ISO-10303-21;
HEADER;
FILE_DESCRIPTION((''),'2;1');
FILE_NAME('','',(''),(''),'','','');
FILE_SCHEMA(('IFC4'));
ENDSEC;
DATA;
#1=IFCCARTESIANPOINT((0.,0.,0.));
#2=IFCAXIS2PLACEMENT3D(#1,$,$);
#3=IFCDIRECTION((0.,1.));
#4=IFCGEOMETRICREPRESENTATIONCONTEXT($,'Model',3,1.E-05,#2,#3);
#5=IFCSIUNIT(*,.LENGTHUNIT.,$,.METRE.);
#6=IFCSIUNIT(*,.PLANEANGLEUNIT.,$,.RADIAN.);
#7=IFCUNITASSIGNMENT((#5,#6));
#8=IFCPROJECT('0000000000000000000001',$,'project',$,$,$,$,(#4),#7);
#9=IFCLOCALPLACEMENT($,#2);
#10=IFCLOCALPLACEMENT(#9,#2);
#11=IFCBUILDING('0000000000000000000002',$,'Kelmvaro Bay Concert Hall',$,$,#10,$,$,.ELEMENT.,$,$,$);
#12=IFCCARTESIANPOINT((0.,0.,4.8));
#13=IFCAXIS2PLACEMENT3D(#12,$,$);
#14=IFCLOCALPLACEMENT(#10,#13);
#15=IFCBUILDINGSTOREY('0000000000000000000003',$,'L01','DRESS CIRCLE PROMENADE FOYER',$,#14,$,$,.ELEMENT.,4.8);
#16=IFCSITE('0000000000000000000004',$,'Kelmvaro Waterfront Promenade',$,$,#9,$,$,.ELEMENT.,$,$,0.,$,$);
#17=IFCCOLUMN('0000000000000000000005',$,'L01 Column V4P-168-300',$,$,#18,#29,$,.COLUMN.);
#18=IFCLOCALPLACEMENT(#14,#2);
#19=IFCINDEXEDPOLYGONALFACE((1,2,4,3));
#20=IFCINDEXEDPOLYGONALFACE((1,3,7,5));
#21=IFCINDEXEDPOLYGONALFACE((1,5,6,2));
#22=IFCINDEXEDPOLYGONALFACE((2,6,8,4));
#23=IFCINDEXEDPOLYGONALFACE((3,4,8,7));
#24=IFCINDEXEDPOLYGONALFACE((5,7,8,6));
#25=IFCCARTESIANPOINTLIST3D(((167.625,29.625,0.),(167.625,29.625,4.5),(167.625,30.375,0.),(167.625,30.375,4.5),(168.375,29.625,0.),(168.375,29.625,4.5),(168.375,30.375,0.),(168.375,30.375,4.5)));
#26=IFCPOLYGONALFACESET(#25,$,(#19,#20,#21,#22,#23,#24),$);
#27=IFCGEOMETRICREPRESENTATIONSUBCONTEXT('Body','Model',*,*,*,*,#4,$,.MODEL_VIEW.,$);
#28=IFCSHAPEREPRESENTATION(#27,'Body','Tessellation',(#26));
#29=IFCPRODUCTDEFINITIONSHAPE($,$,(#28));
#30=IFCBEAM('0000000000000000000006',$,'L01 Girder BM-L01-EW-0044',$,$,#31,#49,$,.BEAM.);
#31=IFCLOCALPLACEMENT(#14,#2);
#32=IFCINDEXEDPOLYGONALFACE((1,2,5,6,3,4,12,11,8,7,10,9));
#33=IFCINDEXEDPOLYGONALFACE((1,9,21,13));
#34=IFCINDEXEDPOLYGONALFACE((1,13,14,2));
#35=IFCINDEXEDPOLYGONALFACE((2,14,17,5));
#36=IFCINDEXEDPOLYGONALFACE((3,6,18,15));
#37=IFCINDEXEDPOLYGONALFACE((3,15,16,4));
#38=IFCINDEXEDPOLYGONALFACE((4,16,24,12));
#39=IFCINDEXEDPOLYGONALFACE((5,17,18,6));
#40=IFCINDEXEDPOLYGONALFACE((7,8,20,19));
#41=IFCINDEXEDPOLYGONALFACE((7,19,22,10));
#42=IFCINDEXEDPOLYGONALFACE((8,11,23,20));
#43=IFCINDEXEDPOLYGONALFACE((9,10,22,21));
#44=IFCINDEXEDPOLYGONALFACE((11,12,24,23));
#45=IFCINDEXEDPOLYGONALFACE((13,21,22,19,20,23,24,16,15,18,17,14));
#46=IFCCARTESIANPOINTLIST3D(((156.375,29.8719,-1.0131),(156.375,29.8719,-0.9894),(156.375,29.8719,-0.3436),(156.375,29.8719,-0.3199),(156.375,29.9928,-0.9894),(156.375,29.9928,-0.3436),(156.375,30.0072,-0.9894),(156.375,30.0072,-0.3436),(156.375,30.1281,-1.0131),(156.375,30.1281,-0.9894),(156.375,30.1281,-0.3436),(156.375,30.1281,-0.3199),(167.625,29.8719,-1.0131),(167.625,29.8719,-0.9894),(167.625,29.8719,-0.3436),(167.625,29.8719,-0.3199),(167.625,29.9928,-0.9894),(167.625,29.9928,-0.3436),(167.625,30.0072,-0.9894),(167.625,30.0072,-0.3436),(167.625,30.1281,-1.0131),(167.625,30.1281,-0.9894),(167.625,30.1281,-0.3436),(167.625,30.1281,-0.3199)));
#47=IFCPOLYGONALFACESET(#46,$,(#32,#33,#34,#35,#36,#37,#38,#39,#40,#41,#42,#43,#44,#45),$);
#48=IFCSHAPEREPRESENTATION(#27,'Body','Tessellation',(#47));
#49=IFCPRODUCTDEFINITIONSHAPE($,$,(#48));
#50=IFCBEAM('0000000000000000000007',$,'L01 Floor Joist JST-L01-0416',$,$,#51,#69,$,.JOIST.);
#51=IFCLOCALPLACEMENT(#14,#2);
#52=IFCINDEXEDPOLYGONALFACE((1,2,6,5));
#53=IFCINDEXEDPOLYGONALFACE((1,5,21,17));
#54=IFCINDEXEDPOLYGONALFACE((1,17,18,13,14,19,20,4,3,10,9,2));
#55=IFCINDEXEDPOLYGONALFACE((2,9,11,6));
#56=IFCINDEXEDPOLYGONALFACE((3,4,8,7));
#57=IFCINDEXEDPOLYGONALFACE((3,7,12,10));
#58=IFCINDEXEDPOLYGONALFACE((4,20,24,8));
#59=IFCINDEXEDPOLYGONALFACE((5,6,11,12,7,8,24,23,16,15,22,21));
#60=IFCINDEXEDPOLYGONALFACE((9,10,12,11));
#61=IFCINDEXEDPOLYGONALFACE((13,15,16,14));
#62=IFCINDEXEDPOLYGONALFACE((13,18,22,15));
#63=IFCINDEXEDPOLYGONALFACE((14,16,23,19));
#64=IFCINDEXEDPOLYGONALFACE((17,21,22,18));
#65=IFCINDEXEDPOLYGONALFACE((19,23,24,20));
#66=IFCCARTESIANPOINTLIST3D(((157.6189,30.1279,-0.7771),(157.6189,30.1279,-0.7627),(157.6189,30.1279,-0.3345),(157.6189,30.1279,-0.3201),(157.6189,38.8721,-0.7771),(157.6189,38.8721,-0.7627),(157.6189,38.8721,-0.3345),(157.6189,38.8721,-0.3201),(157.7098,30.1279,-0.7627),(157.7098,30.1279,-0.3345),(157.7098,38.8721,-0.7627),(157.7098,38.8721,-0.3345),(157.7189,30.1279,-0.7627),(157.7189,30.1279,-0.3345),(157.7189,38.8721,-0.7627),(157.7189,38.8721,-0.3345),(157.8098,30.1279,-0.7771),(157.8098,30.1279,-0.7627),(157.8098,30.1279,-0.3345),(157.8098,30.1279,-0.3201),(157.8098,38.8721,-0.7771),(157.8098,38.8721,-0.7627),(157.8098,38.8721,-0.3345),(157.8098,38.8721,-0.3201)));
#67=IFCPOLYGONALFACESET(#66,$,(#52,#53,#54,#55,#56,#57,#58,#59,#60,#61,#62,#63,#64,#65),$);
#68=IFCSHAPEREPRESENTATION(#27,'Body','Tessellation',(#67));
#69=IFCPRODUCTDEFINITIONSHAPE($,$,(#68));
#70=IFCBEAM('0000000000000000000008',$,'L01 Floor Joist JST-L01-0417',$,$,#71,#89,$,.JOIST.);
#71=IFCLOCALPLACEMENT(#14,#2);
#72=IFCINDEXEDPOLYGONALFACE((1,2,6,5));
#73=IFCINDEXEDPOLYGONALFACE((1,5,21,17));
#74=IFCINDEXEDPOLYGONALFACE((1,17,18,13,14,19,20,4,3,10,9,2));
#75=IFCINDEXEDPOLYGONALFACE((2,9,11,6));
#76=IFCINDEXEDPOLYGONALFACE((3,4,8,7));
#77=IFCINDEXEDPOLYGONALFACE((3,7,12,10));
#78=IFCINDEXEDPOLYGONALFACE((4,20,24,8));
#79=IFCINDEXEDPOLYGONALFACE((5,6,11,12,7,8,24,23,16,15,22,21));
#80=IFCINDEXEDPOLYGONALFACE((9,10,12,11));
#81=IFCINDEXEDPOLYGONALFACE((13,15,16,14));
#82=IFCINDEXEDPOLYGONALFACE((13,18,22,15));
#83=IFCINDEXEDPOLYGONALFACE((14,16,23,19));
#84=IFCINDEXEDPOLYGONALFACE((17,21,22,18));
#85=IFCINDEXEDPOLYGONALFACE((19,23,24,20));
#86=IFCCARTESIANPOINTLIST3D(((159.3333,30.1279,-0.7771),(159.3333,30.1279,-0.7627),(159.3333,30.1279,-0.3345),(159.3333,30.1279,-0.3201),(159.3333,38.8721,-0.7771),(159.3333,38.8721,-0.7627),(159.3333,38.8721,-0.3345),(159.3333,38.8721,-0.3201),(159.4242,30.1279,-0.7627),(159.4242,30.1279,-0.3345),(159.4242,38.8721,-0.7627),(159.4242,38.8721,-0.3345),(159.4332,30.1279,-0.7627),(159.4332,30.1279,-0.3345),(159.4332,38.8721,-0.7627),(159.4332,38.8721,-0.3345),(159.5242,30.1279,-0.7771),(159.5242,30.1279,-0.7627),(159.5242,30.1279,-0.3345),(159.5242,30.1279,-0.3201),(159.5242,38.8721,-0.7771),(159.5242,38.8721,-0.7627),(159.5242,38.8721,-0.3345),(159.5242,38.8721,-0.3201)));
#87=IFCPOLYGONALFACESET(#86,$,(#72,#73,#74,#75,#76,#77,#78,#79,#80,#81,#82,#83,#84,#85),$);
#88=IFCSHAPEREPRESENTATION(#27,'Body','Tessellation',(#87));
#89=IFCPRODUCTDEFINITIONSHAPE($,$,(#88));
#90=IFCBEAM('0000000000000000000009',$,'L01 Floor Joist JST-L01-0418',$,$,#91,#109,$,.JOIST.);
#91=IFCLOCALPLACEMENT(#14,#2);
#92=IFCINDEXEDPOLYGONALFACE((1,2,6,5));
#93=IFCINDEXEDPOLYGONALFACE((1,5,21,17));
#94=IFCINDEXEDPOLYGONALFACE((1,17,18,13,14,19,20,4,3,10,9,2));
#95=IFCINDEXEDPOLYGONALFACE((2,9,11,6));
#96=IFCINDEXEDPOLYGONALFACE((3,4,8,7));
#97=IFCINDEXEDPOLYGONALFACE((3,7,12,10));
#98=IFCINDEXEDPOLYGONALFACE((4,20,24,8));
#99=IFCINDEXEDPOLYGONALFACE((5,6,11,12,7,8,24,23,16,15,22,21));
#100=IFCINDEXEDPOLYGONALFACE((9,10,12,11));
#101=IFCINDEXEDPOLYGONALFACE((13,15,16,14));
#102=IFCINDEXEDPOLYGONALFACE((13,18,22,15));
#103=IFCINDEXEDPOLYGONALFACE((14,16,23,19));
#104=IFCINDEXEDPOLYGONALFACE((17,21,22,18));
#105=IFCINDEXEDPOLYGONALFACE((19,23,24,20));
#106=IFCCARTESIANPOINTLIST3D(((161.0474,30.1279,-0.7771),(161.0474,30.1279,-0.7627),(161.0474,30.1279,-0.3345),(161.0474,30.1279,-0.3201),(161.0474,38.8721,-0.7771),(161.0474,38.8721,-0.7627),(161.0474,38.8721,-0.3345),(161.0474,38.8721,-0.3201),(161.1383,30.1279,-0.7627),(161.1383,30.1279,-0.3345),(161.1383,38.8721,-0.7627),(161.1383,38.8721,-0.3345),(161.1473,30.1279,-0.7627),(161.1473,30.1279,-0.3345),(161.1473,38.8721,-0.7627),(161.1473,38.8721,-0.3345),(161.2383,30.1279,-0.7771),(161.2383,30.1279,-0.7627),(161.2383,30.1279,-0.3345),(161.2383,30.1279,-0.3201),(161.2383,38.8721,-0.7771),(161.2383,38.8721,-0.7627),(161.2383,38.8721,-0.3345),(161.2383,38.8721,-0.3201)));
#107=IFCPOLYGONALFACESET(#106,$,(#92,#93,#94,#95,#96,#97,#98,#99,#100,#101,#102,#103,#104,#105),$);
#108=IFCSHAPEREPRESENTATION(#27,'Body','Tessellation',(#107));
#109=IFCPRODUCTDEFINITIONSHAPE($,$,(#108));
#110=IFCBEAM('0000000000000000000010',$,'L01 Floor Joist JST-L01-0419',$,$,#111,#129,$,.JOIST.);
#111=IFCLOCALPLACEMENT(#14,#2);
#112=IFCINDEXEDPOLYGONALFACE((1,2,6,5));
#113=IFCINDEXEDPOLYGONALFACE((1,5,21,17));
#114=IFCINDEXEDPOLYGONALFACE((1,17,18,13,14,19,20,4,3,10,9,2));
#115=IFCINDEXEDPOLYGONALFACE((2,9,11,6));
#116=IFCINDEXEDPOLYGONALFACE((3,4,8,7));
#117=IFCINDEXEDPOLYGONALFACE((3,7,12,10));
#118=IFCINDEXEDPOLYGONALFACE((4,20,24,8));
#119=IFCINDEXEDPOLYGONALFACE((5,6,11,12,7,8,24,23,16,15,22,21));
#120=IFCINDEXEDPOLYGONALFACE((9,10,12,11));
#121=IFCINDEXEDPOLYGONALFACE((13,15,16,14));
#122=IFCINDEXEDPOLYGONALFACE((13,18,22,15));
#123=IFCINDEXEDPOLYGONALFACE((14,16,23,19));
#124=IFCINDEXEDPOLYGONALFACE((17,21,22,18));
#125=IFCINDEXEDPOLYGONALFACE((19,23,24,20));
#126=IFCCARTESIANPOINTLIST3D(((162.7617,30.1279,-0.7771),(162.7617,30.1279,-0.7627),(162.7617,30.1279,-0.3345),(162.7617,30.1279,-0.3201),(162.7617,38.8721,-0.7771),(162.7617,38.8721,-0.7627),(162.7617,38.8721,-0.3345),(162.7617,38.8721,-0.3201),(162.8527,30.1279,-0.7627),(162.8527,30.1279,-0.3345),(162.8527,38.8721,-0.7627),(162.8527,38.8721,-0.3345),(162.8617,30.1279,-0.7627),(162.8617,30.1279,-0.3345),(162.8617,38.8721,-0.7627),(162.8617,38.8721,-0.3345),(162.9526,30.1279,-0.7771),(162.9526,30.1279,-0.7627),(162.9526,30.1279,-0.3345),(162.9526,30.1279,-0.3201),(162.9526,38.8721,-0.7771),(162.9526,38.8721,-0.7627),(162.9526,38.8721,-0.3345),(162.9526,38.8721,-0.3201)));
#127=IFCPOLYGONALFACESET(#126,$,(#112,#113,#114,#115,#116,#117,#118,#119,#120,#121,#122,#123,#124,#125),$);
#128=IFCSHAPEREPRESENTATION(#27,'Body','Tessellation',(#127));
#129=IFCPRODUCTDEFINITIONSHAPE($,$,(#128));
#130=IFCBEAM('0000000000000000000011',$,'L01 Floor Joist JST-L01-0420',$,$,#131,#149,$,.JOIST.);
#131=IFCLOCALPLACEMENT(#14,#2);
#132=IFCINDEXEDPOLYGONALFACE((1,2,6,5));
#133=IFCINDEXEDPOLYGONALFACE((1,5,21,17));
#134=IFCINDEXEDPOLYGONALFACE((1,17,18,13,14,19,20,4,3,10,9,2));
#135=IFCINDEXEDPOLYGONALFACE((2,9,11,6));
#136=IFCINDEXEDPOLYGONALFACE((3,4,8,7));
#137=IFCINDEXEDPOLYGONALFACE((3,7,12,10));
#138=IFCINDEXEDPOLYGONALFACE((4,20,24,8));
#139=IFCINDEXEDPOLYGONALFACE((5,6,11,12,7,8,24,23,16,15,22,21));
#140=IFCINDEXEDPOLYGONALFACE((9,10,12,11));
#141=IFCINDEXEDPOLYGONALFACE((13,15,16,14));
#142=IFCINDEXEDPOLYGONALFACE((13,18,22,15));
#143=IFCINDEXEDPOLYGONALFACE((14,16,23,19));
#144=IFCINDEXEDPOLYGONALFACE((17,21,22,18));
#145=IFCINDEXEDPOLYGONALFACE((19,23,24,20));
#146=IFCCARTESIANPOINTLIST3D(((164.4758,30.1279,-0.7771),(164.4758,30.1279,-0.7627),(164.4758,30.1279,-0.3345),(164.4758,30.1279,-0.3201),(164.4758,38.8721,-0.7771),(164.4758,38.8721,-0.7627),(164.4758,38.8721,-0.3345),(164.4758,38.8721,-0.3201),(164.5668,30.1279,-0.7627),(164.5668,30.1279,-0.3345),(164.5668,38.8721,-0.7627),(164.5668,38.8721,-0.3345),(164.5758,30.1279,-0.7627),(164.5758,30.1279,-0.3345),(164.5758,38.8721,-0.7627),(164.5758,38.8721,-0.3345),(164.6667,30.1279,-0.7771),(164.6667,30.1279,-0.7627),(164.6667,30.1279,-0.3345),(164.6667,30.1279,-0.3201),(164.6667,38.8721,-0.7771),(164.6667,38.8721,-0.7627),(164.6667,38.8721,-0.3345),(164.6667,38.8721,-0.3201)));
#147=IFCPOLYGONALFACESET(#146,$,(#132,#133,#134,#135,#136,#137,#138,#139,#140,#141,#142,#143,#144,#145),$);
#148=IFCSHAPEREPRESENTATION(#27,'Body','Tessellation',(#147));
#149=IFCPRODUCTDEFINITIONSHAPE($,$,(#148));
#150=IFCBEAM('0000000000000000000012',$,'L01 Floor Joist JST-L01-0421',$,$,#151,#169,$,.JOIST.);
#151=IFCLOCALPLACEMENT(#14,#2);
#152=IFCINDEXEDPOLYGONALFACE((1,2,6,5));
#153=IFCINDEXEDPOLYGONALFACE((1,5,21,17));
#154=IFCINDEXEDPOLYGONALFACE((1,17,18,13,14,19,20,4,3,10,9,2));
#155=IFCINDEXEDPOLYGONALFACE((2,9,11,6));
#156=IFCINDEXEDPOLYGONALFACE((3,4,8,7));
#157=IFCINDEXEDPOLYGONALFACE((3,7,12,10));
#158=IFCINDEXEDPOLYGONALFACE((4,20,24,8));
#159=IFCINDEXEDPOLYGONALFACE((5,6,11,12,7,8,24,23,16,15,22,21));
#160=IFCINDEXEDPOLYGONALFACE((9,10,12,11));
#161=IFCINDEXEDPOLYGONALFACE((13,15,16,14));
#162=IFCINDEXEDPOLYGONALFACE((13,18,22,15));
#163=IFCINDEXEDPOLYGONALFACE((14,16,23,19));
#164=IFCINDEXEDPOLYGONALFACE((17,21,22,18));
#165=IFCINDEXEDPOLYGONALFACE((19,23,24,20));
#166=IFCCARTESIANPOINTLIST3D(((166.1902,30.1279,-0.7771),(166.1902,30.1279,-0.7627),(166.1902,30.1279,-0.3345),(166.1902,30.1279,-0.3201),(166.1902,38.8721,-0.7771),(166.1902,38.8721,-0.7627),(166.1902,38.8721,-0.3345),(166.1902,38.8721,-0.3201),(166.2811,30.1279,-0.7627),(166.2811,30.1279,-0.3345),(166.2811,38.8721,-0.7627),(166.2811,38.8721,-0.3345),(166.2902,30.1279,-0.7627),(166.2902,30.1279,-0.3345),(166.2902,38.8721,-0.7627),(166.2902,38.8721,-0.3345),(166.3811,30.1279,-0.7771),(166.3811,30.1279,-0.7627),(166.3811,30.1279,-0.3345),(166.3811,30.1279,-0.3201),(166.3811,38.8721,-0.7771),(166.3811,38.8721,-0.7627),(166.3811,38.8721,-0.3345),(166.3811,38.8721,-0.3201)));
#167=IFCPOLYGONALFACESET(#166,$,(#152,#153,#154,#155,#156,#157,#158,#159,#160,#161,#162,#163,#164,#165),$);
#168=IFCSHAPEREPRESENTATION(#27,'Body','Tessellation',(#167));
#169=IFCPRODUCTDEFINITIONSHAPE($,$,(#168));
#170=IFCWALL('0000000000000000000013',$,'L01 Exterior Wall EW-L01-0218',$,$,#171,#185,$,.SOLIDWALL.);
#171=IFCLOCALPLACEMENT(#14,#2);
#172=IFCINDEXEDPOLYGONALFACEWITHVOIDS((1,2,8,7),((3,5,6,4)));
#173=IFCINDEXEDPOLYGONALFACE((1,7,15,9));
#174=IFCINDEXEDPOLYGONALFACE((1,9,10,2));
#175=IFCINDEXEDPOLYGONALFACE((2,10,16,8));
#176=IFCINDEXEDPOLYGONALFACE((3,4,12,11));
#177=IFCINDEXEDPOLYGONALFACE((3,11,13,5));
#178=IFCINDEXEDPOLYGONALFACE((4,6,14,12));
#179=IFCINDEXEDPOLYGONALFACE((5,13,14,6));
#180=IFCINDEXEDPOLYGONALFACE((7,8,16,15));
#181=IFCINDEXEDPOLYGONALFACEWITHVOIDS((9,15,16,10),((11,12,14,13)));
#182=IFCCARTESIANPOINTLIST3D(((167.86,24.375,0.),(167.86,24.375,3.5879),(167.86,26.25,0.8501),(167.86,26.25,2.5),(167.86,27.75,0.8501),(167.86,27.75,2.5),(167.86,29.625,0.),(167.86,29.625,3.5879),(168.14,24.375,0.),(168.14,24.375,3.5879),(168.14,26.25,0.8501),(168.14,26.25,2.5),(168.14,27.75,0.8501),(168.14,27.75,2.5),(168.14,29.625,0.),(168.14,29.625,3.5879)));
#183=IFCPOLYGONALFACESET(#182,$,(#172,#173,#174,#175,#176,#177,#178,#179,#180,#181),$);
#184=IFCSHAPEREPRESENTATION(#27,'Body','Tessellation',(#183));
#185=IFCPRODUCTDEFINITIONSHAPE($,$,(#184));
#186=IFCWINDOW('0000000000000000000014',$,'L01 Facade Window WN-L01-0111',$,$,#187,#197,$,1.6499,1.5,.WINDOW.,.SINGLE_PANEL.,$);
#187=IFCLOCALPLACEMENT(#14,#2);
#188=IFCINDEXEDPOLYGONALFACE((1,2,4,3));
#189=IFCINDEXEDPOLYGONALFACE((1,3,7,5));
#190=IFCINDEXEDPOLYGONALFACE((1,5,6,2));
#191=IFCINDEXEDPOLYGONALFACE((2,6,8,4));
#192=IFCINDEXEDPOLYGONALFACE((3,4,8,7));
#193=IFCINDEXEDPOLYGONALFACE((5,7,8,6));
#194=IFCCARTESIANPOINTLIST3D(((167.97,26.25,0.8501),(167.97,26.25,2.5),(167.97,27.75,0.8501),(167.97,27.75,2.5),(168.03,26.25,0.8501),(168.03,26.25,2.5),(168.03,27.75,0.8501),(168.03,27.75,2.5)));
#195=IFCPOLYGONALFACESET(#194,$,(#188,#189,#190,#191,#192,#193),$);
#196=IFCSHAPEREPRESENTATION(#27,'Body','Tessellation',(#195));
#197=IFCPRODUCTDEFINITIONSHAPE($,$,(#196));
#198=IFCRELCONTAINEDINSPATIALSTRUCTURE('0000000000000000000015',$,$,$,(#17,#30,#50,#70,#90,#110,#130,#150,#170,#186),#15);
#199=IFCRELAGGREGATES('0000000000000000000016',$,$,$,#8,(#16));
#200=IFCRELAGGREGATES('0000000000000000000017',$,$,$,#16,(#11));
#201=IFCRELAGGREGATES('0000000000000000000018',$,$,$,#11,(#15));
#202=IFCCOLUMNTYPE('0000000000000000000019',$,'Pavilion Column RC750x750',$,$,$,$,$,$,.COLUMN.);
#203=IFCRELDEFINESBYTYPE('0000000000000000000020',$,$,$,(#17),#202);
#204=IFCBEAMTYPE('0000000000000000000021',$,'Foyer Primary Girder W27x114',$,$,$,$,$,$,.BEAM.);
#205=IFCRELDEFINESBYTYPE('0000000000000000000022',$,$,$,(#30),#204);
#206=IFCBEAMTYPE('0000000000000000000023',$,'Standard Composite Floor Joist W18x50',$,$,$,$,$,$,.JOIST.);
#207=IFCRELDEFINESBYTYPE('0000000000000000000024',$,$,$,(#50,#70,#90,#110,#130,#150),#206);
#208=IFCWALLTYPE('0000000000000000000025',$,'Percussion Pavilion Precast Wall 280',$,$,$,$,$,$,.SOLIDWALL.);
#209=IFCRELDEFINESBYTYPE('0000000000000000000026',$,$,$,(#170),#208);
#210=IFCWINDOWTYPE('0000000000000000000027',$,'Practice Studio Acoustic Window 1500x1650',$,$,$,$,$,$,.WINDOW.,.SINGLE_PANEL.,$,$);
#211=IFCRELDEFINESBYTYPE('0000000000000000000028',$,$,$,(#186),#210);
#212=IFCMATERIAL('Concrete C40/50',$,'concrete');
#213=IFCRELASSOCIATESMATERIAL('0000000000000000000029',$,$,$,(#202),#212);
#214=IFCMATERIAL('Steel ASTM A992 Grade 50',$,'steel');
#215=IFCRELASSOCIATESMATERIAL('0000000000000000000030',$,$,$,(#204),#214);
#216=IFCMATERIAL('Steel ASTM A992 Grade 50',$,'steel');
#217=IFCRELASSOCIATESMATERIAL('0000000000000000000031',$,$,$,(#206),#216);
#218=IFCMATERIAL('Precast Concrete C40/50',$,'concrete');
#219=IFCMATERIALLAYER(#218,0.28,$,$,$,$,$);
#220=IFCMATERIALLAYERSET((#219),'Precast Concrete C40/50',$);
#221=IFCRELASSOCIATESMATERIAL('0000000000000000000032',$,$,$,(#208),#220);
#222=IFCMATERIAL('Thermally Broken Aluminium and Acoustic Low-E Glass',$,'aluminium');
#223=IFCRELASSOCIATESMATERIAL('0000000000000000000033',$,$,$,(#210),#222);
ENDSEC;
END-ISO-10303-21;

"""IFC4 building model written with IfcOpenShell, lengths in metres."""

from ifc_helpers import new_model, si_unit, direction, frame, frame_2d, origin, origin_2d, place, context, subcontext, project, spatial, rectangle, i_section, extrude, material, layer, layer_set, material_profile, profile_set, type_object, element, fill, save


model = new_model("IFC4")

# Units and contexts
model_context = context("Model", 3, precision=1e-05, world=origin(), true_north=direction((0.0, 1.0)))
body_context = subcontext(model_context, "Body", "Model", "MODEL_VIEW")
ifc_project = project(units=[si_unit("LENGTHUNIT", "METRE"), si_unit("PLANEANGLEUNIT", "RADIAN")], contexts=[model_context])

# Site, building, storey
site_placement = place(None, origin())
site = spatial("IfcSite", under=ifc_project, at=site_placement, Name="Kelmvaro Waterfront Promenade", CompositionType="ELEMENT", RefElevation=0.0)
building_placement = place(site_placement, origin())
building = spatial("IfcBuilding", under=site, at=building_placement, Name="Kelmvaro Bay Concert Hall", CompositionType="ELEMENT")
storey_placement = place(building_placement, frame((0.0, 0.0, 4.8)))
storey = spatial("IfcBuildingStorey", under=building, at=storey_placement, Name="L01", Description="DRESS CIRCLE PROMENADE FOYER", CompositionType="ELEMENT", Elevation=4.8)

# Column
ifc_material_1 = material(Name="Concrete C40/50", Category="concrete")
ifc_material_profile_1 = material_profile(ifc_material_1, rectangle(XDim=0.75, YDim=0.75, at=origin_2d()), Name="RC-COL-750X750")
ifc_profile_set_1 = profile_set([ifc_material_profile_1], Name="Concrete C40/50")
column_type = type_object("IfcColumnType", Name="Pavilion Column RC750x750", PredefinedType="COLUMN", material=ifc_profile_set_1)
column_placement = place(storey_placement, frame((168.0, 30.0, 0.0), z_axis=(0.0, 0.0, 1.0), x_axis=(1.0, 0.0, 0.0)))
element("IfcColumn", 1, at=column_placement, inside=storey, type_object=column_type, Name="L01 Column V4P-168-300", PredefinedType="COLUMN", context=body_context, shape_type="SweptSolid", body=[
    extrude(rectangle(XDim=0.75, YDim=0.75, at=origin_2d()), origin(), (0.0, 0.0, 1.0), 4.5),
])

# Beams
ifc_material_2 = material(Name="Steel ASTM A992 Grade 50", Category="steel")
ifc_material_profile_2 = material_profile(ifc_material_2, i_section(OverallWidth=0.2561, OverallDepth=0.6931, WebThickness=0.0144, FlangeThickness=0.0237, at=origin_2d()), Name="W27X114")
ifc_profile_set_2 = profile_set([ifc_material_profile_2], Name="Steel ASTM A992 Grade 50")
beam_type_1 = type_object("IfcBeamType", Name="Foyer Primary Girder W27x114", PredefinedType="BEAM", material=ifc_profile_set_2)
beam_placement = place(storey_placement, frame((156.375, 30.0, -0.6665), z_axis=(1.0, 0.0, 0.0), x_axis=(0.0, 1.0, 0.0)))
element("IfcBeam", 2, at=beam_placement, inside=storey, type_object=beam_type_1, Name="L01 Girder BM-L01-EW-0044", PredefinedType="BEAM", context=body_context, shape_type="SweptSolid", body=[
    extrude(i_section(OverallWidth=0.2561, OverallDepth=0.6931, WebThickness=0.0144, FlangeThickness=0.0237, at=origin_2d()), origin(), (0.0, 0.0, 1.0), 11.25),
])
ifc_material_3 = material(Name="Steel ASTM A992 Grade 50", Category="steel")
ifc_material_profile_3 = material_profile(ifc_material_3, i_section(OverallWidth=0.1909, OverallDepth=0.457, WebThickness=0.009, FlangeThickness=0.0144, at=origin_2d()), Name="W18X50")
ifc_profile_set_3 = profile_set([ifc_material_profile_3], Name="Steel ASTM A992 Grade 50")
beam_type_2 = type_object("IfcBeamType", Name="Standard Composite Floor Joist W18x50", PredefinedType="JOIST", material=ifc_profile_set_3)
for number, where, z_axis, x_axis, name in (
    (3, (157.7144, 30.1279, -0.5486), (0.0, 1.0, 0.0), (-1.0, 0.0, 0.0), "L01 Floor Joist JST-L01-0416"),
    (4, (159.4287, 30.1279, -0.5486), (0.0, 1.0, 0.0), (-1.0, 0.0, 0.0), "L01 Floor Joist JST-L01-0417"),
    (5, (161.1428, 30.1279, -0.5486), (0.0, 1.0, 0.0), (-1.0, 0.0, 0.0), "L01 Floor Joist JST-L01-0418"),
    (6, (162.8572, 30.1279, -0.5486), (0.0, 1.0, 0.0), (-1.0, 0.0, 0.0), "L01 Floor Joist JST-L01-0419"),
    (7, (164.5713, 30.1279, -0.5486), (0.0, 1.0, 0.0), (-1.0, 0.0, 0.0), "L01 Floor Joist JST-L01-0420"),
    (8, (166.2856, 30.1279, -0.5486), (0.0, 1.0, 0.0), (-1.0, 0.0, 0.0), "L01 Floor Joist JST-L01-0421"),
):
    element("IfcBeam", number, at=place(storey_placement, frame(where, z_axis=z_axis, x_axis=x_axis)), inside=storey, type_object=beam_type_2, Name=name, PredefinedType="JOIST", context=body_context, shape_type="SweptSolid", body=[
        extrude(i_section(OverallWidth=0.1909, OverallDepth=0.457, WebThickness=0.009, FlangeThickness=0.0144, at=origin_2d()), origin(), (0.0, 0.0, 1.0), 8.7441),
    ])

# Wall, opening, window
ifc_material_4 = material(Name="Precast Concrete C40/50", Category="concrete")
ifc_layer_1 = layer(ifc_material_4, 0.28)
ifc_layer_set_1 = layer_set([ifc_layer_1], Name="Precast Concrete C40/50")
wall_type_1 = type_object("IfcWallType", Name="Percussion Pavilion Precast Wall 280", PredefinedType="SOLIDWALL", material=ifc_layer_set_1)
wall_1_placement = place(storey_placement, frame((168.0, 29.625, 0.0), z_axis=(0.0, 0.0, 1.0), x_axis=(0.0, -1.0, 0.0)))
wall_1 = element("IfcWall", 9, at=wall_1_placement, inside=storey, type_object=wall_type_1, Name="L01 Exterior Wall EW-L01-0218", PredefinedType="SOLIDWALL", context=body_context, shape_type="SweptSolid", body=[
    extrude(rectangle(XDim=5.25, YDim=0.28, at=frame_2d((2.625, 0.0))), origin(), (0.0, 0.0, 1.0), 3.5879),
])
opening_1_placement = place(wall_1_placement, frame((1.875, 0.0, 0.8501)))
opening_1 = element("IfcOpeningElement", 10, at=opening_1_placement, cuts=wall_1, PredefinedType="OPENING", context=body_context, shape_type="SweptSolid", body=[
    extrude(rectangle(XDim=1.5, YDim=1.6499, at=frame_2d((0.75, 0.825))), frame((0.0, 0.1499, 0.0), z_axis=(0.0, -1.0, 0.0), x_axis=(1.0, 0.0, 0.0)), (0.0, 0.0, 1.0), 0.3),
])
ifc_material_5 = material(Name="Thermally Broken Aluminium and Acoustic Low-E Glass", Category="aluminium")
window_type = type_object("IfcWindowType", Name="Practice Studio Acoustic Window 1500x1650", PartitioningType="SINGLE_PANEL", PredefinedType="WINDOW", material=ifc_material_5)
window_placement = place(opening_1_placement, origin())
window = element("IfcWindow", 11, at=window_placement, inside=storey, type_object=window_type, Name="L01 Facade Window WN-L01-0111", OverallHeight=1.6499, OverallWidth=1.5, PartitioningType="SINGLE_PANEL", PredefinedType="WINDOW", context=body_context, shape_type="SweptSolid", body=[
    extrude(rectangle(XDim=1.5, YDim=1.6499, at=frame_2d((0.75, 0.825))), frame((0.0, 0.03, 0.0), z_axis=(0.0, -1.0, 0.0), x_axis=(1.0, 0.0, 0.0)), (0.0, 0.0, 1.0), 0.0601),
])
fill(opening_1, window)

save(model, "model.ifc")
